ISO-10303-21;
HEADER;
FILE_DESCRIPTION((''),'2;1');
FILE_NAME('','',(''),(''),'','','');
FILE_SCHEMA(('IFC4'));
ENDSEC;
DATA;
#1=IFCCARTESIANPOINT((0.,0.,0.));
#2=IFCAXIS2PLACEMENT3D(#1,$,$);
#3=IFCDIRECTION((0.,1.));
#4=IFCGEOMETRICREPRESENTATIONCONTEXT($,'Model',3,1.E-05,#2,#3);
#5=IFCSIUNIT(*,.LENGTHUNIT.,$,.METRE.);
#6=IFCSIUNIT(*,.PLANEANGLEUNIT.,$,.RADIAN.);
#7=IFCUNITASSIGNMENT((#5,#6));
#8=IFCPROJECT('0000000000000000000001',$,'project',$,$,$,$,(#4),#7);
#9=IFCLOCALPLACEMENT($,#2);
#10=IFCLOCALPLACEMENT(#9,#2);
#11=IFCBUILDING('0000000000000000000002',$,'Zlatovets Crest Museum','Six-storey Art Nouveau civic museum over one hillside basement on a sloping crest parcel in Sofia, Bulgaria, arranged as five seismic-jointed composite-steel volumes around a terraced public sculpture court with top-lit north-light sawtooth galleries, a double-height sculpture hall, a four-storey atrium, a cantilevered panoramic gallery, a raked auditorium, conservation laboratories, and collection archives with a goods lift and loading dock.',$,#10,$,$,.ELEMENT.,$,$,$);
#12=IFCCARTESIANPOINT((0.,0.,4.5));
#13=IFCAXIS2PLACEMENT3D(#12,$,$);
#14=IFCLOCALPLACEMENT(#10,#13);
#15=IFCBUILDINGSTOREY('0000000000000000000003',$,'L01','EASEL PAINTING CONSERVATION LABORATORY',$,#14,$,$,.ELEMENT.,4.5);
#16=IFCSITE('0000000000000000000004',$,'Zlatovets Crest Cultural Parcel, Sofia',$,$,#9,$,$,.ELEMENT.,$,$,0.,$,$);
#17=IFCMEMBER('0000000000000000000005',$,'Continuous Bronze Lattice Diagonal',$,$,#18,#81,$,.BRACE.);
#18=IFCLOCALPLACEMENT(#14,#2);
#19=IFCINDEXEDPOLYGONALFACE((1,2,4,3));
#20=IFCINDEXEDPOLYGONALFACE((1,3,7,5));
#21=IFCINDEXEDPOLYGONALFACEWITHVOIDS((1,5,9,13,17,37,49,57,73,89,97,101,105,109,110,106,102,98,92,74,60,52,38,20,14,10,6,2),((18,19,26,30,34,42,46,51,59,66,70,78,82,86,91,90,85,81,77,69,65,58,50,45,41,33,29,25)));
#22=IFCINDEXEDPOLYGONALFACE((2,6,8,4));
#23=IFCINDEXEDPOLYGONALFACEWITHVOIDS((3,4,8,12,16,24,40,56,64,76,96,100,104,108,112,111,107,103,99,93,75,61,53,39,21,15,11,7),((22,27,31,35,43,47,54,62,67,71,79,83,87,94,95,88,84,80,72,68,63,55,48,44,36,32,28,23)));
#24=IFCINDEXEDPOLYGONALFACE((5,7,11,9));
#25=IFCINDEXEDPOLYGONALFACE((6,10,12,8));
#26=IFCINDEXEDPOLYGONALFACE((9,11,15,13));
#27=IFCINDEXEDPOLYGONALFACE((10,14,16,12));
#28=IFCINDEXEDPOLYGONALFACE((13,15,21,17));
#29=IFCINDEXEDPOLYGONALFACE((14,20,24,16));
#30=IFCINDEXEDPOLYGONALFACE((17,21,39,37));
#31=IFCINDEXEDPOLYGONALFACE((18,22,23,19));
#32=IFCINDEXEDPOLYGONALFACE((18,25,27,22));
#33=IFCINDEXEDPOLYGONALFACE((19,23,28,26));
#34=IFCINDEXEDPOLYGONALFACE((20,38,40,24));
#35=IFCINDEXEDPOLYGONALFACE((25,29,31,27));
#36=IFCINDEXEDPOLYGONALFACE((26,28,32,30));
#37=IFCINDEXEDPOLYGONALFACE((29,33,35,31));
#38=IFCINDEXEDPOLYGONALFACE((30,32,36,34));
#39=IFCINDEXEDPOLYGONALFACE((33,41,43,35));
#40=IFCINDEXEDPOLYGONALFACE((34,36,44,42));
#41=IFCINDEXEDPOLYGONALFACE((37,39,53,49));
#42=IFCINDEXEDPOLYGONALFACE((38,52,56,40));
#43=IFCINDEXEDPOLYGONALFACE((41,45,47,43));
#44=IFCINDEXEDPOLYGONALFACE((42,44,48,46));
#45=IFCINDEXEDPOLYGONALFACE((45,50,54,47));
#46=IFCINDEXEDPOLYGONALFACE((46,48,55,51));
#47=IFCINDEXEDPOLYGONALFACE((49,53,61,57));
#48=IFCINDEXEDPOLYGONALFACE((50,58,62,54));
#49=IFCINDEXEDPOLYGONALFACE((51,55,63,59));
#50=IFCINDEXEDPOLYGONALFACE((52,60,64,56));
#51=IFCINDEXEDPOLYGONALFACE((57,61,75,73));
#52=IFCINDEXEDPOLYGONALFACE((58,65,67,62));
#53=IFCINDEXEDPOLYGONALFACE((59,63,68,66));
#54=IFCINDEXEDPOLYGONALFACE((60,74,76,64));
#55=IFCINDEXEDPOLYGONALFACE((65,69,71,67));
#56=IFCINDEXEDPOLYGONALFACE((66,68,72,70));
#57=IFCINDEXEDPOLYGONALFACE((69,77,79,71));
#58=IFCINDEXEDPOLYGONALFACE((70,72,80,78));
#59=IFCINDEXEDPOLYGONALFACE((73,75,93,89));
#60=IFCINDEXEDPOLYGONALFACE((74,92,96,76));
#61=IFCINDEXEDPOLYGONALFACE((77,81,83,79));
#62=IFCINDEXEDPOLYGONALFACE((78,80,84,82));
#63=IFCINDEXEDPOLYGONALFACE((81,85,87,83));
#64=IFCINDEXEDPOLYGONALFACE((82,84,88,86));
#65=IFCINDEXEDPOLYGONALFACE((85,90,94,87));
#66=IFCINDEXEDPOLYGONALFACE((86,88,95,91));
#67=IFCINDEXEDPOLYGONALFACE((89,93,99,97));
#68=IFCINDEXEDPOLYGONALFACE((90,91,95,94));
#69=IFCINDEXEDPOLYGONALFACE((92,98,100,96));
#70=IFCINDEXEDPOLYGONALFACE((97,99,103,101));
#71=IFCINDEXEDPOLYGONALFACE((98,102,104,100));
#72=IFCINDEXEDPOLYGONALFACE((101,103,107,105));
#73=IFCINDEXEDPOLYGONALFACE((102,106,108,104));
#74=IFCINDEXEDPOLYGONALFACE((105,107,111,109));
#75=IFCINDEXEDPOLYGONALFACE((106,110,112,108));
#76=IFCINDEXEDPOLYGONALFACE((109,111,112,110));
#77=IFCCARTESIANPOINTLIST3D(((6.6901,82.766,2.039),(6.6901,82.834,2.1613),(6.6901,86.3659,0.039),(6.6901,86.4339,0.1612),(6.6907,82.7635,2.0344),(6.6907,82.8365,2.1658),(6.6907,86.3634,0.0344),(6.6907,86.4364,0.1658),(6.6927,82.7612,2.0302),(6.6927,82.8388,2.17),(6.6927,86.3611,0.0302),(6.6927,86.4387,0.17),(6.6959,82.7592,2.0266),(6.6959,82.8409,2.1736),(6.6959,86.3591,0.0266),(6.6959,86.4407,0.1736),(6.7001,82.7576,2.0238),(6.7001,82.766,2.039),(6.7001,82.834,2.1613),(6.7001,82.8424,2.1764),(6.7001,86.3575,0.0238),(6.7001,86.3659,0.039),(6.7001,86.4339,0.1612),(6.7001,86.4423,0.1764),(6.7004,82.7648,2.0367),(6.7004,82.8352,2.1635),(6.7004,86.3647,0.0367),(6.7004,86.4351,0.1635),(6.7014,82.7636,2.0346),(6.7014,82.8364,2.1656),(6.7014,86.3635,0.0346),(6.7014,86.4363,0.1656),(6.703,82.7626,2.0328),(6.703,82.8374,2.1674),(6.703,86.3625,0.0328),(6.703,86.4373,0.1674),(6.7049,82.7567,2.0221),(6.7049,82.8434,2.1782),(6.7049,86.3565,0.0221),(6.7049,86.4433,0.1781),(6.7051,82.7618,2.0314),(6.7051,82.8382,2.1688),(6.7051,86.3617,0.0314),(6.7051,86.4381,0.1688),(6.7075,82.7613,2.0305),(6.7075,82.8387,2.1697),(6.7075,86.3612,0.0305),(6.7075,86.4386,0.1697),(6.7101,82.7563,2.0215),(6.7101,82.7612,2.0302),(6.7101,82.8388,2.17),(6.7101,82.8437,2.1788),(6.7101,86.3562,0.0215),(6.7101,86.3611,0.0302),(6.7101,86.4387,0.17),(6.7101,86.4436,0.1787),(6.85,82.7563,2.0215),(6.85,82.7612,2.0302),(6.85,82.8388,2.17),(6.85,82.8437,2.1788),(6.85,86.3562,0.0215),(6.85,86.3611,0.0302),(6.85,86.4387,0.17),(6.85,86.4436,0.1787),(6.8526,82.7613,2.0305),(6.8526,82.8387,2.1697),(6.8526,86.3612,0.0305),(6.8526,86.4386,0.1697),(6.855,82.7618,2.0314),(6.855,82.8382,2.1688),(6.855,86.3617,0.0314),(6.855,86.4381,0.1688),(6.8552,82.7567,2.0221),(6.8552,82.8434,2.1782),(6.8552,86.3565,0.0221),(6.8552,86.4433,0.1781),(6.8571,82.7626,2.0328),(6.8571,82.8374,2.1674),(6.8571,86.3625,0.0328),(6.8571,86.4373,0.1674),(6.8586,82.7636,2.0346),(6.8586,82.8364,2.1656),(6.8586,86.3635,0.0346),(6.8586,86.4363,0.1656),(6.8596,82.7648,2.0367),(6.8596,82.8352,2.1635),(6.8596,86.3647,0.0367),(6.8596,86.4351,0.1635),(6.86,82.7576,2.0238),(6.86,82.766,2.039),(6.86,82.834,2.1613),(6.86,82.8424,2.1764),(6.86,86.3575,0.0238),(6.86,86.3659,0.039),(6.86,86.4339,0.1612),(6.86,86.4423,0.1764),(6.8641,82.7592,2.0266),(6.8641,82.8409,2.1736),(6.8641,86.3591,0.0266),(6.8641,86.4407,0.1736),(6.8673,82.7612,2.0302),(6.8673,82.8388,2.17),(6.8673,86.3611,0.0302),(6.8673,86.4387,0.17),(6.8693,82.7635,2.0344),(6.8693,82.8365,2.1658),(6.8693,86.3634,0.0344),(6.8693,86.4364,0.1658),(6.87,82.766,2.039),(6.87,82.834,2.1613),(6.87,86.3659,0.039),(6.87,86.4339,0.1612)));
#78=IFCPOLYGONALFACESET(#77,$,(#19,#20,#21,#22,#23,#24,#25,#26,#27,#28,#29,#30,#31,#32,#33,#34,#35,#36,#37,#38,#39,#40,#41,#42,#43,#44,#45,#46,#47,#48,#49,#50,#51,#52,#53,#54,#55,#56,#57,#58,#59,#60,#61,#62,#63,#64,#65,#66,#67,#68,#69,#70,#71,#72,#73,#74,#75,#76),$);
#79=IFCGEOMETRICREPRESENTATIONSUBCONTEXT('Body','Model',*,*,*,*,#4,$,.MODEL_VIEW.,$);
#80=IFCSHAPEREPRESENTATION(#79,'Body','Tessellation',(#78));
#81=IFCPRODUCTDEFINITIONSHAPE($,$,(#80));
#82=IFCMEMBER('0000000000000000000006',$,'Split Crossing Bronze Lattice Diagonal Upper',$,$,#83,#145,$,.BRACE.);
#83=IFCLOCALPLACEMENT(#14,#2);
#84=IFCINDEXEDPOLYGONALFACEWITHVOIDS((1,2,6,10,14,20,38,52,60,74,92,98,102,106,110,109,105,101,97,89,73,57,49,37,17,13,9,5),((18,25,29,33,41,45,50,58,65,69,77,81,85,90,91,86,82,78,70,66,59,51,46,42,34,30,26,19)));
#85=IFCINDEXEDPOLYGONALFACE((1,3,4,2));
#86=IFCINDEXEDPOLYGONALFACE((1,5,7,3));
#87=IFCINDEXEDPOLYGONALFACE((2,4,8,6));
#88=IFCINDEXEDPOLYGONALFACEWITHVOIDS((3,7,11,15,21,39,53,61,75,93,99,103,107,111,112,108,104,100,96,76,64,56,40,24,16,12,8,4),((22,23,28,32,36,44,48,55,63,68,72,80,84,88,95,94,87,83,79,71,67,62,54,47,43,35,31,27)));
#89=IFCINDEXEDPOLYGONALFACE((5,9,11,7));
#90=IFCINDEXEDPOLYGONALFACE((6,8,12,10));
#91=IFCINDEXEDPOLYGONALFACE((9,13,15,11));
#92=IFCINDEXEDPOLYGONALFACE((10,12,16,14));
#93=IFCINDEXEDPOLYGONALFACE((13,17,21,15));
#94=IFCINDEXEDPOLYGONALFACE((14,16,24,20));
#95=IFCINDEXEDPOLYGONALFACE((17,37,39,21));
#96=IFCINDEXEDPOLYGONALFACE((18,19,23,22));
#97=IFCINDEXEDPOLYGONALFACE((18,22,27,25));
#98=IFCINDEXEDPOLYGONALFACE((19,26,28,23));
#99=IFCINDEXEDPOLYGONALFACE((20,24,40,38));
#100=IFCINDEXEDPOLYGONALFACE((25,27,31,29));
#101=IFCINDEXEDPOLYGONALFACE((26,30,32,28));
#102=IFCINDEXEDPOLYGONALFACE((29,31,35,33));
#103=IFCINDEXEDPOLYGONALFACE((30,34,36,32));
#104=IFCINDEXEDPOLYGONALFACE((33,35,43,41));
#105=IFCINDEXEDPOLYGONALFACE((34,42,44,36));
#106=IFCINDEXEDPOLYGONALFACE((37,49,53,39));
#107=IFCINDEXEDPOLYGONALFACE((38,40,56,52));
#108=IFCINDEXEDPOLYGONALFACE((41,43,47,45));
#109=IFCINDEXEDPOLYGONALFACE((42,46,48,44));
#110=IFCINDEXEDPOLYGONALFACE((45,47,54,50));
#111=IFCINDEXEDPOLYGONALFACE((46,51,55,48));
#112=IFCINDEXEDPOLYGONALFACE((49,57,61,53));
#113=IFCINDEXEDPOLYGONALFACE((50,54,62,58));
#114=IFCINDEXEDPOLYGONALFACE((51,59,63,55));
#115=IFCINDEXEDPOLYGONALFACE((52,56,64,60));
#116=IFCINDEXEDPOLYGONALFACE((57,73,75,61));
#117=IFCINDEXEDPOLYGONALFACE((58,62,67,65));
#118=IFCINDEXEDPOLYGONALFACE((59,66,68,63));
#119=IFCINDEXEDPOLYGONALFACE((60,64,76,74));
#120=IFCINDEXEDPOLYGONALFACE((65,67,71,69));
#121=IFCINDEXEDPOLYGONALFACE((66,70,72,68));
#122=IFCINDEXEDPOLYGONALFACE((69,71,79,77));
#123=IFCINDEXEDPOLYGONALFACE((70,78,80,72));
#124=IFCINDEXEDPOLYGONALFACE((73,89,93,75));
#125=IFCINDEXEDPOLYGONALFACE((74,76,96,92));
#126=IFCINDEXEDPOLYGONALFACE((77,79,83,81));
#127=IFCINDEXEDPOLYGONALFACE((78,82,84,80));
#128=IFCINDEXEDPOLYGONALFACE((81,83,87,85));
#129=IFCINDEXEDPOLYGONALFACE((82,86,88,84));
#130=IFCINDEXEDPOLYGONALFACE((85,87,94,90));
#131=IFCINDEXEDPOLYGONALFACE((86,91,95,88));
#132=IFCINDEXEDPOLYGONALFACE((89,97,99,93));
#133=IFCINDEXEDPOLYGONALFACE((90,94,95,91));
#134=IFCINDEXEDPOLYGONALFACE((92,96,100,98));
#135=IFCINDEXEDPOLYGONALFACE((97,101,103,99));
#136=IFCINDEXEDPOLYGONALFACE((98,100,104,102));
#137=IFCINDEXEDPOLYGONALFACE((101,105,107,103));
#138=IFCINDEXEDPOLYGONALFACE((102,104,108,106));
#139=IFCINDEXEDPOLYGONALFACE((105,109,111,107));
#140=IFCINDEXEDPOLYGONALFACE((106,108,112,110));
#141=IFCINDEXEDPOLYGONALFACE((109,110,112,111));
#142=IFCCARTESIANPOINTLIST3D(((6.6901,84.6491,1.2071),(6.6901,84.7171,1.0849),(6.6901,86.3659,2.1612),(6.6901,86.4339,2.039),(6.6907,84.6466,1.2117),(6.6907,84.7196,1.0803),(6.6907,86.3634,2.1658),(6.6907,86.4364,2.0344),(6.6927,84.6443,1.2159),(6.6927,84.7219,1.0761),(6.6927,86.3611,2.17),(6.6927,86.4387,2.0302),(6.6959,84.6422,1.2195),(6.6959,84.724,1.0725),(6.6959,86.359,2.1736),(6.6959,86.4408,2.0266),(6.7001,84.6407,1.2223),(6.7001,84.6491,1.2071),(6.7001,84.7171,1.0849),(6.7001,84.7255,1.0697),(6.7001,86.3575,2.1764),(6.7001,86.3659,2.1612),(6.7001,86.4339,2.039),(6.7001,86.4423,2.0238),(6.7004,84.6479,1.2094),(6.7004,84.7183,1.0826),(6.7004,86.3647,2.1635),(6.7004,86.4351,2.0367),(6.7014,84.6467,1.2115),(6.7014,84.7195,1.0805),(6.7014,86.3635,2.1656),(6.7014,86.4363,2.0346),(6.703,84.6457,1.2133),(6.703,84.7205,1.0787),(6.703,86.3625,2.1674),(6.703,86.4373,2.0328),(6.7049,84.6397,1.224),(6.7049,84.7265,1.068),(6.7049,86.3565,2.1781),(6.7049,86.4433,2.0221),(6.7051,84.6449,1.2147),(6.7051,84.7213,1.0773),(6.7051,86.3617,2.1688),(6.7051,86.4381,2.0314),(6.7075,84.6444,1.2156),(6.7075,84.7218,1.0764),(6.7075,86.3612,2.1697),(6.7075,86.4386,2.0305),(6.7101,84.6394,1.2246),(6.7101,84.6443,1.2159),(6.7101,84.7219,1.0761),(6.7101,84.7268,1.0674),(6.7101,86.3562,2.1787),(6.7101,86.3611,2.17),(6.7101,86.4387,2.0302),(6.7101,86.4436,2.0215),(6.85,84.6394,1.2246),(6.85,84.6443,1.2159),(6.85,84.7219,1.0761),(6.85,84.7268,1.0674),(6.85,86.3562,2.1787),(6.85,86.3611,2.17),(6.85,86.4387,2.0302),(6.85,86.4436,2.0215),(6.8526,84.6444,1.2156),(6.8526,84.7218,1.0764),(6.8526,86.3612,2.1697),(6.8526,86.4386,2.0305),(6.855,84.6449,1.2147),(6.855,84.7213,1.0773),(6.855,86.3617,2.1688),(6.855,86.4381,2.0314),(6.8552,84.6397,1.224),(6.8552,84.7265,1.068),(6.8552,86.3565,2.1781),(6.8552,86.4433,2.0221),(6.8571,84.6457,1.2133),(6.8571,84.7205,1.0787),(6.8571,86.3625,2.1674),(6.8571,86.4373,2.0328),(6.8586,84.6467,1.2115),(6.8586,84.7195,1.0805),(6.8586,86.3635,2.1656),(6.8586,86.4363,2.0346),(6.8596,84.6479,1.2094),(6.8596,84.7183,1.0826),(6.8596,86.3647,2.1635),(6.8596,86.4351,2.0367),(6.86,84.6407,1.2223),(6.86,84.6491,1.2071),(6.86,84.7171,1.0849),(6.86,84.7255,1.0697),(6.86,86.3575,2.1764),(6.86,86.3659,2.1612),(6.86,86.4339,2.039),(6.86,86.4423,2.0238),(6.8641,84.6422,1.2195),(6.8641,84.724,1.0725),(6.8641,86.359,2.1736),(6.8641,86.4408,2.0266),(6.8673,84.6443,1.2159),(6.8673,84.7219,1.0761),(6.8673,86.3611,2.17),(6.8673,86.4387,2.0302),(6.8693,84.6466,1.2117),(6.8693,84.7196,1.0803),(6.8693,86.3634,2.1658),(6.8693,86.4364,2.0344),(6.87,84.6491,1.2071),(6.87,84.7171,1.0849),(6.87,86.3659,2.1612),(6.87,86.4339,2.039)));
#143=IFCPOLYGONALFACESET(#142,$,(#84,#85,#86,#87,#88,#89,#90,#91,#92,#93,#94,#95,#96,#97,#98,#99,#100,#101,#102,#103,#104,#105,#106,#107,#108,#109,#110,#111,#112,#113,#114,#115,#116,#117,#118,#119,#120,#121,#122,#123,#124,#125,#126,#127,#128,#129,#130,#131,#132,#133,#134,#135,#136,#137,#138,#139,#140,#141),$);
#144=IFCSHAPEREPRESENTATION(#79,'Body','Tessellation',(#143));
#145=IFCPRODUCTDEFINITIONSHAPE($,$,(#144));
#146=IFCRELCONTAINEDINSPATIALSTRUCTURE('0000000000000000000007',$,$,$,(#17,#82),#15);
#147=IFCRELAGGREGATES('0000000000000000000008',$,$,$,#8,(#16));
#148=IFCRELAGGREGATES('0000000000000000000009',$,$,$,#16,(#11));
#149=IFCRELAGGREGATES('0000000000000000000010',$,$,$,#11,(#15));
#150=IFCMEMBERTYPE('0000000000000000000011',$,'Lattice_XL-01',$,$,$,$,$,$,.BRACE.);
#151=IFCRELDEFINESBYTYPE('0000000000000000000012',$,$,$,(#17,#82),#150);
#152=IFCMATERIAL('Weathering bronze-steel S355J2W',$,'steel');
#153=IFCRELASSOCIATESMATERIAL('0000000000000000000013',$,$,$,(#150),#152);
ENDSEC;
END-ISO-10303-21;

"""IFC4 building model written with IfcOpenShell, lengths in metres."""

from ifc_helpers import new_model, si_unit, direction, frame, origin, origin_2d, place, context, subcontext, project, spatial, hollow_rectangle, extrude, material, material_profile, profile_set, type_object, element, save


model = new_model("IFC4")

# Units and contexts
model_context = context("Model", 3, precision=1e-05, world=origin(), true_north=direction((0.0, 1.0)))
body_context = subcontext(model_context, "Body", "Model", "MODEL_VIEW")
ifc_project = project(units=[si_unit("LENGTHUNIT", "METRE"), si_unit("PLANEANGLEUNIT", "RADIAN")], contexts=[model_context])

# Site, building, storey
site_placement = place(None, origin())
site = spatial("IfcSite", under=ifc_project, at=site_placement, Name="Zlatovets Crest Cultural Parcel, Sofia", CompositionType="ELEMENT", RefElevation=0.0)
building_placement = place(site_placement, origin())
building = spatial("IfcBuilding", under=site, at=building_placement, Name="Zlatovets Crest Museum", Description="Six-storey Art Nouveau civic museum over one hillside basement on a sloping crest parcel in Sofia, Bulgaria, arranged as five seismic-jointed composite-steel volumes around a terraced public sculpture court with top-lit north-light sawtooth galleries, a double-height sculpture hall, a four-storey atrium, a cantilevered panoramic gallery, a raked auditorium, conservation laboratories, and collection archives with a goods lift and loading dock.", CompositionType="ELEMENT")
storey_placement = place(building_placement, frame((0.0, 0.0, 4.5)))
storey = spatial("IfcBuildingStorey", under=building, at=storey_placement, Name="L01", Description="EASEL PAINTING CONSERVATION LABORATORY", CompositionType="ELEMENT", Elevation=4.5)

# Members
ifc_material_1 = material(Name="Weathering bronze-steel S355J2W", Category="steel")
ifc_material_profile_1 = material_profile(ifc_material_1, hollow_rectangle(XDim=0.1799, YDim=0.1799, WallThickness=0.01, InnerFilletRadius=0.01, OuterFilletRadius=0.02, at=origin_2d()), Name="SHS 180x180x10.0")
ifc_profile_set_1 = profile_set([ifc_material_profile_1], Name="Weathering bronze-steel S355J2W")
member_type_1 = type_object("IfcMemberType", Name="Lattice_XL-01", PredefinedType="BRACE", material=ifc_profile_set_1)
member_1_placement = place(storey_placement, frame((6.78, 86.3999, 0.1001), z_axis=(0.0, -0.874149, 0.485658), x_axis=(1.0, 0.0, 0.0)))
element("IfcMember", 1, at=member_1_placement, inside=storey, type_object=member_type_1, Name="Continuous Bronze Lattice Diagonal", PredefinedType="BRACE", context=body_context, shape_type="SweptSolid", body=[
    extrude(hollow_rectangle(XDim=0.1799, YDim=0.1799, WallThickness=0.01, InnerFilletRadius=0.01, OuterFilletRadius=0.02, at=origin_2d()), origin(), (0.0, 0.0, 1.0), 4.1182),
])
for number, where, z_axis, x_axis, name in (
    (2, (6.78, 86.3999, 2.1001), (0.0, -0.874087, -0.48577), (1.0, 0.0, 0.0), "Split Crossing Bronze Lattice Diagonal Upper"),
):
    element("IfcMember", number, at=place(storey_placement, frame(where, z_axis=z_axis, x_axis=x_axis)), inside=storey, type_object=member_type_1, Name=name, PredefinedType="BRACE", context=body_context, shape_type="SweptSolid", body=[
        extrude(hollow_rectangle(XDim=0.1799, YDim=0.1799, WallThickness=0.01, InnerFilletRadius=0.01, OuterFilletRadius=0.02, at=origin_2d()), origin(), (0.0, 0.0, 1.0), 1.9641),
    ])

save(model, "model.ifc")
